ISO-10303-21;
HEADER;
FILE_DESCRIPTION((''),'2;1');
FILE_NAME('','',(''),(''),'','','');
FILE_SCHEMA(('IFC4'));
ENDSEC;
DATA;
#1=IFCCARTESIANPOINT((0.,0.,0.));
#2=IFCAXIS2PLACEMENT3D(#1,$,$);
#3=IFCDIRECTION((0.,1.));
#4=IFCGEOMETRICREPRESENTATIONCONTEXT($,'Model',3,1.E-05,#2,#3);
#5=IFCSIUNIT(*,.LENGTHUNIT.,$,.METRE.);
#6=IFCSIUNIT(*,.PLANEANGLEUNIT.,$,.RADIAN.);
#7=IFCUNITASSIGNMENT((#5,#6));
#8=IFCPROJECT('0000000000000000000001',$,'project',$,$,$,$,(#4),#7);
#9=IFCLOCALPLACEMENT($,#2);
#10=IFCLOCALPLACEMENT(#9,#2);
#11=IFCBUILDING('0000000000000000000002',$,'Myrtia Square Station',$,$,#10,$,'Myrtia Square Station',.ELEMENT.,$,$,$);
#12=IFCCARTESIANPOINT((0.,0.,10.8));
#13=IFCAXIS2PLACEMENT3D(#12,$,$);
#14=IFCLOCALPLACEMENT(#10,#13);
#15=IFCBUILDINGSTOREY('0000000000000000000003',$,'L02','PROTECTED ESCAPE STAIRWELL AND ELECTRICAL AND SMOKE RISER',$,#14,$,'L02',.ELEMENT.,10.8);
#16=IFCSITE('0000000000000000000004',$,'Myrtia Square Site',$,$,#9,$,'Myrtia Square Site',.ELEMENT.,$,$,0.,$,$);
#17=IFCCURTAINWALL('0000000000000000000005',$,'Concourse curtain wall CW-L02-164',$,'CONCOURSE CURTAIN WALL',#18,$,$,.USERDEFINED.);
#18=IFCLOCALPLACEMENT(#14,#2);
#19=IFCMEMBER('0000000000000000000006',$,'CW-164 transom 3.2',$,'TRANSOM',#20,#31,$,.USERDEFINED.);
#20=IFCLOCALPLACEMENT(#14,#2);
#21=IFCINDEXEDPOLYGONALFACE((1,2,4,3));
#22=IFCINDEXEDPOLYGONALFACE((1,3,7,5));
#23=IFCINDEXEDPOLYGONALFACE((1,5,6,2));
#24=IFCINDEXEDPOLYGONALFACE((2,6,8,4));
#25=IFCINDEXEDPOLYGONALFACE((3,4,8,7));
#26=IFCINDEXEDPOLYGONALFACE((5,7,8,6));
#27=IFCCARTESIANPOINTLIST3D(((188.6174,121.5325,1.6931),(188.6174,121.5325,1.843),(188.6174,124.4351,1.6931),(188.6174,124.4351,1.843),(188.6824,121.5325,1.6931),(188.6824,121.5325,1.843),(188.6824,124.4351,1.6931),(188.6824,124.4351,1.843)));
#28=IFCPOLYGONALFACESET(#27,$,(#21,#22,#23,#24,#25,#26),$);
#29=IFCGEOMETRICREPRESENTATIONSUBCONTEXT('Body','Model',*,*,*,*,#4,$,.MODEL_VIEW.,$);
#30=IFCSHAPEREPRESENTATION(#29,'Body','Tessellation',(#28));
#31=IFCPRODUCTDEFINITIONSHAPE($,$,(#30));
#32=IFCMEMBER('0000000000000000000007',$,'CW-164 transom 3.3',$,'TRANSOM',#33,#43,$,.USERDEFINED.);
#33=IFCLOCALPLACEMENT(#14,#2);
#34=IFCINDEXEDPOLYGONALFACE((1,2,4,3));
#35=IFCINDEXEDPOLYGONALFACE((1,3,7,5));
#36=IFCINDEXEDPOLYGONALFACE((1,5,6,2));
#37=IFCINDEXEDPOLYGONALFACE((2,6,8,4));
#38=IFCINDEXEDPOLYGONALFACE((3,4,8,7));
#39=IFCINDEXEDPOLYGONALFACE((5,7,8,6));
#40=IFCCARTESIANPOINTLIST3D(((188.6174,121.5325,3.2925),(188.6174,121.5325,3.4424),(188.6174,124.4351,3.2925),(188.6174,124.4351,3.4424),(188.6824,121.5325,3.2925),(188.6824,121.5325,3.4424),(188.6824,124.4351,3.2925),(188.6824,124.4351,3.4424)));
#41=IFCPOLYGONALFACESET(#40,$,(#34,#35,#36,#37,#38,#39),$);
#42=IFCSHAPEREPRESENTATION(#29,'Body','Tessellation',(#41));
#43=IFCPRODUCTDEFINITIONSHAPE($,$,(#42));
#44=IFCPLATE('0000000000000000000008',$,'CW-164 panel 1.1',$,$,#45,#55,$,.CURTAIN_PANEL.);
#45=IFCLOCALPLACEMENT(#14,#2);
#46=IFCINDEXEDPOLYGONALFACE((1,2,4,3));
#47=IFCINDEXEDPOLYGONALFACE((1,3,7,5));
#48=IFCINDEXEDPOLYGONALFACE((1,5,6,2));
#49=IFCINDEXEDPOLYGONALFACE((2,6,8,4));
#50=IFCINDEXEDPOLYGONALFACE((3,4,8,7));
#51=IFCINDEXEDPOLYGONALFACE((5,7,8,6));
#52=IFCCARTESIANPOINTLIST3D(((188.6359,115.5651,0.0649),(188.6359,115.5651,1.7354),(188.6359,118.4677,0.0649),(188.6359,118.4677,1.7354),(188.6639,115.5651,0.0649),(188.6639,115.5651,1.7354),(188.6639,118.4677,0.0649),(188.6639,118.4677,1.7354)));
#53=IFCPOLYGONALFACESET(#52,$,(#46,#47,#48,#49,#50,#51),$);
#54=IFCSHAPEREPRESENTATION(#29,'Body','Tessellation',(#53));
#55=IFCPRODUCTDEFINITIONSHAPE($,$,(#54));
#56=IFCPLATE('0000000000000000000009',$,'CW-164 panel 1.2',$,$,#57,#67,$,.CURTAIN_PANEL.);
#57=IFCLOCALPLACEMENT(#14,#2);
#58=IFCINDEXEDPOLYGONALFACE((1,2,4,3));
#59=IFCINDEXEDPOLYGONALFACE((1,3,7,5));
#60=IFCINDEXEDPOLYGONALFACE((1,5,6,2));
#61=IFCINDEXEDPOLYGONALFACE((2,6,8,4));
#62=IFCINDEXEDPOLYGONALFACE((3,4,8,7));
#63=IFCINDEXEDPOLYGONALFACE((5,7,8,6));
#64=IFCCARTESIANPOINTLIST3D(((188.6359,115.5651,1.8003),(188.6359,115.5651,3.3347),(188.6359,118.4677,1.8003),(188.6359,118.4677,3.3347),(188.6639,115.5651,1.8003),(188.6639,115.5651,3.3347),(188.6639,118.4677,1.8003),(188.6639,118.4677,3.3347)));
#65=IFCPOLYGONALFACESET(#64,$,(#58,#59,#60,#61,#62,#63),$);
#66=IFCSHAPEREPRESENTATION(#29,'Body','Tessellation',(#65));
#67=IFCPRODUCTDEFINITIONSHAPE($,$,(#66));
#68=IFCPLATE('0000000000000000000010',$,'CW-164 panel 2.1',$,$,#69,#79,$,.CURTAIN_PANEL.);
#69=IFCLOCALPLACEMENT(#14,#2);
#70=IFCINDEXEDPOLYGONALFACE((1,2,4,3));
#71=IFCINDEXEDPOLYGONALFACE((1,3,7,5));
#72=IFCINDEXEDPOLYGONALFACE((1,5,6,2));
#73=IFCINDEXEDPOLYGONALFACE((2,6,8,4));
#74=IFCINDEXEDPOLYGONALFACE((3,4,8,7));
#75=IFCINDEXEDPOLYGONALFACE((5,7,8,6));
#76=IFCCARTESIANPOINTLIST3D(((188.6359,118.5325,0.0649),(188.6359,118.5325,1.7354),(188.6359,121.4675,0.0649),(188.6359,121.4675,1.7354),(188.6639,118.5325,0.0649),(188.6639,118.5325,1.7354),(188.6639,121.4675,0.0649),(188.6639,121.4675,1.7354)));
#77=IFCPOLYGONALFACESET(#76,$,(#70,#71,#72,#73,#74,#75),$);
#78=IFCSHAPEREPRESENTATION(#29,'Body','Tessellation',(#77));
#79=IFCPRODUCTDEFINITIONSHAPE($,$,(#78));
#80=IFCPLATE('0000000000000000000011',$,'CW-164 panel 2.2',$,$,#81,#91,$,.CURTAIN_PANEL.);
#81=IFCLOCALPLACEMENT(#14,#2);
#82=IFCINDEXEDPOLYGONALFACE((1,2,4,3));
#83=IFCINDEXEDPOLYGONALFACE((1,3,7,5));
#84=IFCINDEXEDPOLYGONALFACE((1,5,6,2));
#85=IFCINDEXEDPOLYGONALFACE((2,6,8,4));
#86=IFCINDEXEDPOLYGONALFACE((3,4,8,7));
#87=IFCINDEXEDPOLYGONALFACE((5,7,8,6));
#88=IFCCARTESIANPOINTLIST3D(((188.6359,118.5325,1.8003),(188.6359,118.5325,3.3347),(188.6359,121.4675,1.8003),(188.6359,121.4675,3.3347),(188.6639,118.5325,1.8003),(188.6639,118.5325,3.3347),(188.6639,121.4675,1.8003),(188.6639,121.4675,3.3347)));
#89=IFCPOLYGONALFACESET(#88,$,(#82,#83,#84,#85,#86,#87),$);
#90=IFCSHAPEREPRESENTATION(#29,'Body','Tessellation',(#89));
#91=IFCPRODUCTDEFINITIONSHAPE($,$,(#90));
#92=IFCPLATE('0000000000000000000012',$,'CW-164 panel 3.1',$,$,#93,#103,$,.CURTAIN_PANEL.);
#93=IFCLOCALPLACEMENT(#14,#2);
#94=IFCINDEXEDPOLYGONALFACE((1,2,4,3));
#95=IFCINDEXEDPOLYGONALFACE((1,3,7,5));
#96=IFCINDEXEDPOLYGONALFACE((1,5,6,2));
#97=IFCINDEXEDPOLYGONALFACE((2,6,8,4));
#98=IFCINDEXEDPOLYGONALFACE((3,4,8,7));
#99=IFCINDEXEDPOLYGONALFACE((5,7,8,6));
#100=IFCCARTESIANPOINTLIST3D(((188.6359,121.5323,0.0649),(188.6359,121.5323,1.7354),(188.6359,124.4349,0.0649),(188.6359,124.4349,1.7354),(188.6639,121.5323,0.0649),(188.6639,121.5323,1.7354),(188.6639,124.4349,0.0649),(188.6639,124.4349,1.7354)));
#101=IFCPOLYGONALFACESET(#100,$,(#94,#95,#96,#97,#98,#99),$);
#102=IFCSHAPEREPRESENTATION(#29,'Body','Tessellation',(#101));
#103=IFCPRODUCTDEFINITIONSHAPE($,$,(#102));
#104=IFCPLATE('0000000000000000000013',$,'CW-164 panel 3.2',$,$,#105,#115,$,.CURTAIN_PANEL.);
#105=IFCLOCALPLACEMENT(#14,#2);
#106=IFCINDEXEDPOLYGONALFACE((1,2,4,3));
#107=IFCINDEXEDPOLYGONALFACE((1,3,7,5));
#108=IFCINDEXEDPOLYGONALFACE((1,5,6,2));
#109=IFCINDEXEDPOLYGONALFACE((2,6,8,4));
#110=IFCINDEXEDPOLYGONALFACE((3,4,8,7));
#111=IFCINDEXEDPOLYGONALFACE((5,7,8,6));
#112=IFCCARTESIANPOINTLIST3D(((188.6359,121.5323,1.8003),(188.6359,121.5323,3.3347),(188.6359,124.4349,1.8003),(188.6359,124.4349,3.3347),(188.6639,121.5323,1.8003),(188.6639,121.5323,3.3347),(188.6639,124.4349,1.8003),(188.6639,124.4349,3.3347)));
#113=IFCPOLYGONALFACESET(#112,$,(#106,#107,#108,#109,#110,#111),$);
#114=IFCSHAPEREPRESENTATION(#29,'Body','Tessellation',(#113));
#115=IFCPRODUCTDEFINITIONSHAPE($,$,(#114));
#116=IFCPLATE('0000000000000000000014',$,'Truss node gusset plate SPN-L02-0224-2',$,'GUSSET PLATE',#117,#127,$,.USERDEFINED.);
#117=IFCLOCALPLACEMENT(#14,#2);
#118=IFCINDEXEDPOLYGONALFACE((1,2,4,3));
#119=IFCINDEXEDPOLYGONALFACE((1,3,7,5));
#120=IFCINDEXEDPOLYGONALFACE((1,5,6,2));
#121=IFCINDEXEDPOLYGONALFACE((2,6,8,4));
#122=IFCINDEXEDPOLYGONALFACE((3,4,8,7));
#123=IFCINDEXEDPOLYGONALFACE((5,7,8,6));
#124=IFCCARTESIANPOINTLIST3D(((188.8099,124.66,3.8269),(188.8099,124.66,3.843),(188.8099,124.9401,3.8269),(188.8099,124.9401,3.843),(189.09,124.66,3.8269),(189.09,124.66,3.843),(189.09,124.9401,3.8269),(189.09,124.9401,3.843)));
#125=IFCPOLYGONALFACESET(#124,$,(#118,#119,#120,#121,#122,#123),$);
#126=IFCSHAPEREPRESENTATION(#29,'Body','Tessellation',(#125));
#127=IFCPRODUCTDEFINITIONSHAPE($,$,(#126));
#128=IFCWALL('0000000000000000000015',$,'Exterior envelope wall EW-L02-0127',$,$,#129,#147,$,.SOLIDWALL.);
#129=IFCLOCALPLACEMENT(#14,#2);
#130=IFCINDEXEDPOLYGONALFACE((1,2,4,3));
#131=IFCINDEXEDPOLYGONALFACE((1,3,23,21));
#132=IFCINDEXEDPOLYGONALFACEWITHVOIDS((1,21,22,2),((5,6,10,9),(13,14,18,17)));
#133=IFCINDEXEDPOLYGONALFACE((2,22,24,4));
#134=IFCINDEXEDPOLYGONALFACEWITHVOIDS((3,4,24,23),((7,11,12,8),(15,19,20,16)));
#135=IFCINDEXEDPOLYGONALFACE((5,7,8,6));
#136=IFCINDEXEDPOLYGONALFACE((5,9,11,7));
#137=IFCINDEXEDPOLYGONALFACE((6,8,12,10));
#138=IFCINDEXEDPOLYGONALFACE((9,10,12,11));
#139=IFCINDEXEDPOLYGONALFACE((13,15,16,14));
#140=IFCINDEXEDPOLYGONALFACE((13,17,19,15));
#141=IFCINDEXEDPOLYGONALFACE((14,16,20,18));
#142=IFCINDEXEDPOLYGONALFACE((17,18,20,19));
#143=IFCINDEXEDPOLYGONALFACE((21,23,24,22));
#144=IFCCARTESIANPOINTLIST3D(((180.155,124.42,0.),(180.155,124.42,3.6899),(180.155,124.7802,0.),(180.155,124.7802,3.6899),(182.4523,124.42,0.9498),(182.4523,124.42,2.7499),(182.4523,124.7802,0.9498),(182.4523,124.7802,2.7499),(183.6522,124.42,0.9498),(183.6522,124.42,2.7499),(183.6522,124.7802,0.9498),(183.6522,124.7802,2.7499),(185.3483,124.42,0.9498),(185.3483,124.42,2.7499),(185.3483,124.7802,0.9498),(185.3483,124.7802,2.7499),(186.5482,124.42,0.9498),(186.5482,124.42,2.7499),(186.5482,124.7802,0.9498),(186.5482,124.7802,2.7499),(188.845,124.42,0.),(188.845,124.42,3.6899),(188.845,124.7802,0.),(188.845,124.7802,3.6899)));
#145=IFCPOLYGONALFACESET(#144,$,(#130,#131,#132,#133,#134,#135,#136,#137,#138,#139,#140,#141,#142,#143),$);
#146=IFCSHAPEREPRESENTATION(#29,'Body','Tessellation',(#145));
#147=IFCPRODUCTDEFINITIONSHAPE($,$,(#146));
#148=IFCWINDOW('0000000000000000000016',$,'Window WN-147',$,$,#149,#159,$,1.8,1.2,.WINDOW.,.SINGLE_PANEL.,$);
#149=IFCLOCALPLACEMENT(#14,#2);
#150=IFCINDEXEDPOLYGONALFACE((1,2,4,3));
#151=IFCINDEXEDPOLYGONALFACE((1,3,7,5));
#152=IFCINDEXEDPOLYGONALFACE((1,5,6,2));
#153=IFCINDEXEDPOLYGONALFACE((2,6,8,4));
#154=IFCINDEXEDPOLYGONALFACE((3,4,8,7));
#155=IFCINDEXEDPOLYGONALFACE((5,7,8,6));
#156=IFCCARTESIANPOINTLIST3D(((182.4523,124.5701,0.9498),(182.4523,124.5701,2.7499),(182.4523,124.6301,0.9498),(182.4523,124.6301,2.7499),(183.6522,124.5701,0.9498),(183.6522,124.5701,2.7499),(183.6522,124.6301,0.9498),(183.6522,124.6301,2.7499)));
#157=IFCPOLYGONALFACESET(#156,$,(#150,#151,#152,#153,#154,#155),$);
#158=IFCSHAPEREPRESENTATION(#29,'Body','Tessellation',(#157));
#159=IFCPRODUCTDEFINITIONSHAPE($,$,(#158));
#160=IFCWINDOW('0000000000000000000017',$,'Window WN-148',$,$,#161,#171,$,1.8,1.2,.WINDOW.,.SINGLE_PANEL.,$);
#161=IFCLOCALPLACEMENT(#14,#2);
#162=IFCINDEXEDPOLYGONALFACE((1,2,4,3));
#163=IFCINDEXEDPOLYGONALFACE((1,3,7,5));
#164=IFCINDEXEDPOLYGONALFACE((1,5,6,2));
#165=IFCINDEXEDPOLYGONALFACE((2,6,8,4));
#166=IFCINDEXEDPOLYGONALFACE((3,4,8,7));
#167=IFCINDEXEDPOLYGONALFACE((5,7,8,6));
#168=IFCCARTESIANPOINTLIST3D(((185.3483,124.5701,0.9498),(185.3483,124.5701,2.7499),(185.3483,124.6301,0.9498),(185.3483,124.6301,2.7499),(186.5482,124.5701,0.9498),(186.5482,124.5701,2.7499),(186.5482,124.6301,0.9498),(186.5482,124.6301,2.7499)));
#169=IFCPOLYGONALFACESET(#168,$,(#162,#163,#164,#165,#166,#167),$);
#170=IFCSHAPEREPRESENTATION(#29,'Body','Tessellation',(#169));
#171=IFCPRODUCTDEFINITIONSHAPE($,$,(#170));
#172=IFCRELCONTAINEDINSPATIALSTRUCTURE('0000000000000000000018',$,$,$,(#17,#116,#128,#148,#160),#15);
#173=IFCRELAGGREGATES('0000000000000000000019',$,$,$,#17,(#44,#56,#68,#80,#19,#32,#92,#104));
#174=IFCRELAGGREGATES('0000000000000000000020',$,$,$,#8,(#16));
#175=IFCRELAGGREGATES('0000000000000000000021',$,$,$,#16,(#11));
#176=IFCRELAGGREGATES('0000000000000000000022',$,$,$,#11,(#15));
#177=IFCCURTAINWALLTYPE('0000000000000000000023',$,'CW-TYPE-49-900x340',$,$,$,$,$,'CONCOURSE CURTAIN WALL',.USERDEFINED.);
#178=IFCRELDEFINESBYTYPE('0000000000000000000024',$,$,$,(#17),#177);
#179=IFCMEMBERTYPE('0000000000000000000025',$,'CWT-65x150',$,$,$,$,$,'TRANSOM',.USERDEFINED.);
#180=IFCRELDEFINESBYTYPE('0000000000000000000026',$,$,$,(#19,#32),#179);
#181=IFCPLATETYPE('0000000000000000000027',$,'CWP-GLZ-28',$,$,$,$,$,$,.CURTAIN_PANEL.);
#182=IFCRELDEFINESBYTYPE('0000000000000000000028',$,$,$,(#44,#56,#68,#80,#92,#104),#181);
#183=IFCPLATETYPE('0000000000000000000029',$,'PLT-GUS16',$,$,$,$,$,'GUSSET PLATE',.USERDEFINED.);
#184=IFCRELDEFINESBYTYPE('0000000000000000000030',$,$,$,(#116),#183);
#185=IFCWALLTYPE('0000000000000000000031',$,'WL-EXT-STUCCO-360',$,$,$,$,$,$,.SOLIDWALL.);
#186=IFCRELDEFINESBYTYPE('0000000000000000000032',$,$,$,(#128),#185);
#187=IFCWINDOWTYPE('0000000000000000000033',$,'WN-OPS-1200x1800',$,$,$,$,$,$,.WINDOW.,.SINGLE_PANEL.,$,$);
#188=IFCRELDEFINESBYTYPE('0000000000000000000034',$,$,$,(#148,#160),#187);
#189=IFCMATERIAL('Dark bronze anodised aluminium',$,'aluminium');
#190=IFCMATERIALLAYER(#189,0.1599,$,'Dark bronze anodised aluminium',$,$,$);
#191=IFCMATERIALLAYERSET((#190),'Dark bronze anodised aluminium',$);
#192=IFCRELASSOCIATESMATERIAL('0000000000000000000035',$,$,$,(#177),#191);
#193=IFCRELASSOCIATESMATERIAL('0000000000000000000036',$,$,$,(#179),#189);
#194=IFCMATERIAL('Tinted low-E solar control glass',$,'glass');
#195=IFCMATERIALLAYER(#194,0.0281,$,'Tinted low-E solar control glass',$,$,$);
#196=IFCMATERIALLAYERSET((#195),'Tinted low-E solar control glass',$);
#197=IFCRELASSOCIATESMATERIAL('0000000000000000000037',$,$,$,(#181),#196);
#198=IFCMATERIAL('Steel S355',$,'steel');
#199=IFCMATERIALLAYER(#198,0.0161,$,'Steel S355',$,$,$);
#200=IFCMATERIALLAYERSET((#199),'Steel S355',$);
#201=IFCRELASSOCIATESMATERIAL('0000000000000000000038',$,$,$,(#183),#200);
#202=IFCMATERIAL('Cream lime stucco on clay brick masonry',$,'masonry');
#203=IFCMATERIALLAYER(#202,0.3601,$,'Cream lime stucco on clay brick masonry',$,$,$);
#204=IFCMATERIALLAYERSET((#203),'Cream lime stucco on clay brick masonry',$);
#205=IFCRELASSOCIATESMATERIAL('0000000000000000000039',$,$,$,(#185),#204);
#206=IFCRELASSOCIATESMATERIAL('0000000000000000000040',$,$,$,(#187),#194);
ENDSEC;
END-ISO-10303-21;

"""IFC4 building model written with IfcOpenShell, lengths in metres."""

from ifc_helpers import new_model, si_unit, direction, frame, frame_2d, origin, origin_2d, place, context, subcontext, project, spatial, rectangle, extrude, material, layer, layer_set, material_profile, profile_set, type_object, element, fill, aggregate, save


model = new_model("IFC4")

# Units and contexts
model_context = context("Model", 3, precision=1e-05, world=origin(), true_north=direction((0.0, 1.0)))
body_context = subcontext(model_context, "Body", "Model", "MODEL_VIEW")
ifc_project = project(units=[si_unit("LENGTHUNIT", "METRE"), si_unit("PLANEANGLEUNIT", "RADIAN")], contexts=[model_context])

# Site, building, storey
site_placement = place(None, origin())
site = spatial("IfcSite", under=ifc_project, at=site_placement, Name="Myrtia Square Site", LongName="Myrtia Square Site", CompositionType="ELEMENT", RefElevation=0.0)
building_placement = place(site_placement, origin())
building = spatial("IfcBuilding", under=site, at=building_placement, Name="Myrtia Square Station", LongName="Myrtia Square Station", CompositionType="ELEMENT")
storey_placement = place(building_placement, frame((0.0, 0.0, 10.8)))
storey = spatial("IfcBuildingStorey", under=building, at=storey_placement, Name="L02", Description="PROTECTED ESCAPE STAIRWELL AND ELECTRICAL AND SMOKE RISER", LongName="L02", CompositionType="ELEMENT", Elevation=10.8)

# Shared definitions
ifc_material_1 = material(Name="Steel S355", Category="steel")

# Curtain wall, members, plates
ifc_material_2 = material(Name="Dark bronze anodised aluminium", Category="aluminium")
ifc_layer_1 = layer(ifc_material_2, 0.1599, Name="Dark bronze anodised aluminium")
ifc_layer_set_1 = layer_set([ifc_layer_1], Name="Dark bronze anodised aluminium")
curtain_wall_type = type_object("IfcCurtainWallType", Name="CW-TYPE-49-900x340", ElementType="CONCOURSE CURTAIN WALL", PredefinedType="USERDEFINED", material=ifc_layer_set_1)
curtain_wall_placement = place(storey_placement, origin())
curtain_wall = element("IfcCurtainWall", 1, at=curtain_wall_placement, inside=storey, type_object=curtain_wall_type, Name="Concourse curtain wall CW-L02-164", ObjectType="CONCOURSE CURTAIN WALL", PredefinedType="USERDEFINED")
ifc_material_profile_1 = material_profile(ifc_material_2, rectangle(XDim=0.0649, YDim=0.1499, at=origin_2d()), Name="ALU-T 65x150")
ifc_profile_set_1 = profile_set([ifc_material_profile_1], Name="Dark bronze anodised aluminium")
member_type_1 = type_object("IfcMemberType", Name="CWT-65x150", ElementType="TRANSOM", PredefinedType="USERDEFINED", material=ifc_profile_set_1)
member_1_placement = place(storey_placement, frame((188.6499, 121.5325, 1.7681), z_axis=(0.0, 1.0, 0.0), x_axis=(-1.0, 0.0, 0.0)))
member_1 = element("IfcMember", 2, at=member_1_placement, type_object=member_type_1, Name="CW-164 transom 3.2", ObjectType="TRANSOM", PredefinedType="USERDEFINED", context=body_context, shape_type="SweptSolid", body=[
    extrude(rectangle(XDim=0.0649, YDim=0.1499, at=origin_2d()), origin(), (0.0, 0.0, 1.0), 2.9026),
])
member_2_placement = place(storey_placement, frame((188.6499, 121.5325, 3.3674), z_axis=(0.0, 1.0, 0.0), x_axis=(-1.0, 0.0, 0.0)))
member_2 = element("IfcMember", 3, at=member_2_placement, type_object=member_type_1, Name="CW-164 transom 3.3", ObjectType="TRANSOM", PredefinedType="USERDEFINED", context=body_context, shape_type="SweptSolid", body=[
    extrude(rectangle(XDim=0.0649, YDim=0.1499, at=origin_2d()), origin(), (0.0, 0.0, 1.0), 2.9026),
])
ifc_material_3 = material(Name="Tinted low-E solar control glass", Category="glass")
ifc_layer_2 = layer(ifc_material_3, 0.0281, Name="Tinted low-E solar control glass")
ifc_layer_set_2 = layer_set([ifc_layer_2], Name="Tinted low-E solar control glass")
plate_type_1 = type_object("IfcPlateType", Name="CWP-GLZ-28", PredefinedType="CURTAIN_PANEL", material=ifc_layer_set_2)
plate_1_placement = place(storey_placement, frame((188.6499, 117.0164, 0.0649), z_axis=(0.0, 0.0, 1.0), x_axis=(0.0, 1.0, 0.0)))
plate_1 = element("IfcPlate", 4, at=plate_1_placement, type_object=plate_type_1, Name="CW-164 panel 1.1", PredefinedType="CURTAIN_PANEL", context=body_context, shape_type="SweptSolid", body=[
    extrude(rectangle(XDim=2.9026, YDim=0.0281, at=origin_2d()), origin(), (0.0, 0.0, 1.0), 1.6704),
])
plate_2_placement = place(storey_placement, frame((188.6499, 117.0164, 1.8003), z_axis=(0.0, 0.0, 1.0), x_axis=(0.0, 1.0, 0.0)))
plate_2 = element("IfcPlate", 5, at=plate_2_placement, type_object=plate_type_1, Name="CW-164 panel 1.2", PredefinedType="CURTAIN_PANEL", context=body_context, shape_type="SweptSolid", body=[
    extrude(rectangle(XDim=2.9026, YDim=0.0281, at=origin_2d()), origin(), (0.0, 0.0, 1.0), 1.5344),
])
plate_3_placement = place(storey_placement, frame((188.6499, 120.0, 0.0649), z_axis=(0.0, 0.0, 1.0), x_axis=(0.0, 1.0, 0.0)))
plate_3 = element("IfcPlate", 6, at=plate_3_placement, type_object=plate_type_1, Name="CW-164 panel 2.1", PredefinedType="CURTAIN_PANEL", context=body_context, shape_type="SweptSolid", body=[
    extrude(rectangle(XDim=2.9351, YDim=0.0281, at=origin_2d()), origin(), (0.0, 0.0, 1.0), 1.6704),
])
plate_4_placement = place(storey_placement, frame((188.6499, 120.0, 1.8003), z_axis=(0.0, 0.0, 1.0), x_axis=(0.0, 1.0, 0.0)))
plate_4 = element("IfcPlate", 7, at=plate_4_placement, type_object=plate_type_1, Name="CW-164 panel 2.2", PredefinedType="CURTAIN_PANEL", context=body_context, shape_type="SweptSolid", body=[
    extrude(rectangle(XDim=2.9351, YDim=0.0281, at=origin_2d()), origin(), (0.0, 0.0, 1.0), 1.5344),
])
plate_5_placement = place(storey_placement, frame((188.6499, 122.9836, 0.0649), z_axis=(0.0, 0.0, 1.0), x_axis=(0.0, 1.0, 0.0)))
plate_5 = element("IfcPlate", 8, at=plate_5_placement, type_object=plate_type_1, Name="CW-164 panel 3.1", PredefinedType="CURTAIN_PANEL", context=body_context, shape_type="SweptSolid", body=[
    extrude(rectangle(XDim=2.9026, YDim=0.0281, at=origin_2d()), origin(), (0.0, 0.0, 1.0), 1.6704),
])
plate_6_placement = place(storey_placement, frame((188.6499, 122.9836, 1.8003), z_axis=(0.0, 0.0, 1.0), x_axis=(0.0, 1.0, 0.0)))
plate_6 = element("IfcPlate", 9, at=plate_6_placement, type_object=plate_type_1, Name="CW-164 panel 3.2", PredefinedType="CURTAIN_PANEL", context=body_context, shape_type="SweptSolid", body=[
    extrude(rectangle(XDim=2.9026, YDim=0.0281, at=origin_2d()), origin(), (0.0, 0.0, 1.0), 1.5344),
])
aggregate(curtain_wall, [plate_1, plate_2, plate_3, plate_4, member_1, member_2, plate_5, plate_6])

# Plate
ifc_layer_3 = layer(ifc_material_1, 0.0161, Name="Steel S355")
ifc_layer_set_3 = layer_set([ifc_layer_3], Name="Steel S355")
plate_type_2 = type_object("IfcPlateType", Name="PLT-GUS16", ElementType="GUSSET PLATE", PredefinedType="USERDEFINED", material=ifc_layer_set_3)
plate_7_placement = place(storey_placement, frame((188.95, 124.8, 3.8269), z_axis=(0.0, 0.0, 1.0), x_axis=(1.0, 0.0, 0.0)))
element("IfcPlate", 10, at=plate_7_placement, inside=storey, type_object=plate_type_2, Name="Truss node gusset plate SPN-L02-0224-2", ObjectType="GUSSET PLATE", PredefinedType="USERDEFINED", context=body_context, shape_type="SweptSolid", body=[
    extrude(rectangle(XDim=0.28, YDim=0.28, at=origin_2d()), origin(), (0.0, 0.0, 1.0), 0.0161),
])

# Wall, openings, windows
ifc_material_4 = material(Name="Cream lime stucco on clay brick masonry", Category="masonry")
ifc_layer_4 = layer(ifc_material_4, 0.3601, Name="Cream lime stucco on clay brick masonry")
ifc_layer_set_4 = layer_set([ifc_layer_4], Name="Cream lime stucco on clay brick masonry")
wall_type = type_object("IfcWallType", Name="WL-EXT-STUCCO-360", PredefinedType="SOLIDWALL", material=ifc_layer_set_4)
wall_placement = place(storey_placement, frame((180.155, 124.6001, 0.0), z_axis=(0.0, 0.0, 1.0), x_axis=(1.0, 0.0, 0.0)))
wall = element("IfcWall", 11, at=wall_placement, inside=storey, type_object=wall_type, Name="Exterior envelope wall EW-L02-0127", PredefinedType="SOLIDWALL", context=body_context, shape_type="SweptSolid", body=[
    extrude(rectangle(XDim=8.6899, YDim=0.3601, at=frame_2d((4.345, 0.0))), origin(), (0.0, 0.0, 1.0), 3.6899),
])
opening_1_placement = place(wall_placement, frame((2.2971, 0.0, 0.95)))
opening_1 = element("IfcOpeningElement", 12, at=opening_1_placement, cuts=wall, PredefinedType="OPENING", context=body_context, shape_type="SweptSolid", body=[
    extrude(rectangle(XDim=1.2, YDim=1.8, at=frame_2d((0.6001, 0.8999))), frame((0.0, 0.1951, 0.0), z_axis=(0.0, -1.0, 0.0), x_axis=(1.0, 0.0, 0.0)), (0.0, 0.0, 1.0), 0.3901),
])
opening_2_placement = place(wall_placement, frame((5.1931, 0.0, 0.95)))
opening_2 = element("IfcOpeningElement", 13, at=opening_2_placement, cuts=wall, PredefinedType="OPENING", context=body_context, shape_type="SweptSolid", body=[
    extrude(rectangle(XDim=1.2, YDim=1.8, at=frame_2d((0.6001, 0.8999))), frame((0.0, 0.1951, 0.0), z_axis=(0.0, -1.0, 0.0), x_axis=(1.0, 0.0, 0.0)), (0.0, 0.0, 1.0), 0.3901),
])
window_type = type_object("IfcWindowType", Name="WN-OPS-1200x1800", PartitioningType="SINGLE_PANEL", PredefinedType="WINDOW", material=ifc_material_3)
window_1_placement = place(opening_1_placement, origin())
window_1 = element("IfcWindow", 14, at=window_1_placement, inside=storey, type_object=window_type, Name="Window WN-147", OverallHeight=1.8, OverallWidth=1.2, PartitioningType="SINGLE_PANEL", PredefinedType="WINDOW", context=body_context, shape_type="SweptSolid", body=[
    extrude(rectangle(XDim=1.2, YDim=1.8, at=frame_2d((0.6001, 0.8999))), frame((0.0, 0.03, 0.0), z_axis=(0.0, -1.0, 0.0), x_axis=(1.0, 0.0, 0.0)), (0.0, 0.0, 1.0), 0.0601),
])
fill(opening_1, window_1)
window_2_placement = place(opening_2_placement, origin())
window_2 = element("IfcWindow", 15, at=window_2_placement, inside=storey, type_object=window_type, Name="Window WN-148", OverallHeight=1.8, OverallWidth=1.2, PartitioningType="SINGLE_PANEL", PredefinedType="WINDOW", context=body_context, shape_type="SweptSolid", body=[
    extrude(rectangle(XDim=1.2, YDim=1.8, at=frame_2d((0.6001, 0.8999))), frame((0.0, 0.03, 0.0), z_axis=(0.0, -1.0, 0.0), x_axis=(1.0, 0.0, 0.0)), (0.0, 0.0, 1.0), 0.0601),
])
fill(opening_2, window_2)

save(model, "model.ifc")
